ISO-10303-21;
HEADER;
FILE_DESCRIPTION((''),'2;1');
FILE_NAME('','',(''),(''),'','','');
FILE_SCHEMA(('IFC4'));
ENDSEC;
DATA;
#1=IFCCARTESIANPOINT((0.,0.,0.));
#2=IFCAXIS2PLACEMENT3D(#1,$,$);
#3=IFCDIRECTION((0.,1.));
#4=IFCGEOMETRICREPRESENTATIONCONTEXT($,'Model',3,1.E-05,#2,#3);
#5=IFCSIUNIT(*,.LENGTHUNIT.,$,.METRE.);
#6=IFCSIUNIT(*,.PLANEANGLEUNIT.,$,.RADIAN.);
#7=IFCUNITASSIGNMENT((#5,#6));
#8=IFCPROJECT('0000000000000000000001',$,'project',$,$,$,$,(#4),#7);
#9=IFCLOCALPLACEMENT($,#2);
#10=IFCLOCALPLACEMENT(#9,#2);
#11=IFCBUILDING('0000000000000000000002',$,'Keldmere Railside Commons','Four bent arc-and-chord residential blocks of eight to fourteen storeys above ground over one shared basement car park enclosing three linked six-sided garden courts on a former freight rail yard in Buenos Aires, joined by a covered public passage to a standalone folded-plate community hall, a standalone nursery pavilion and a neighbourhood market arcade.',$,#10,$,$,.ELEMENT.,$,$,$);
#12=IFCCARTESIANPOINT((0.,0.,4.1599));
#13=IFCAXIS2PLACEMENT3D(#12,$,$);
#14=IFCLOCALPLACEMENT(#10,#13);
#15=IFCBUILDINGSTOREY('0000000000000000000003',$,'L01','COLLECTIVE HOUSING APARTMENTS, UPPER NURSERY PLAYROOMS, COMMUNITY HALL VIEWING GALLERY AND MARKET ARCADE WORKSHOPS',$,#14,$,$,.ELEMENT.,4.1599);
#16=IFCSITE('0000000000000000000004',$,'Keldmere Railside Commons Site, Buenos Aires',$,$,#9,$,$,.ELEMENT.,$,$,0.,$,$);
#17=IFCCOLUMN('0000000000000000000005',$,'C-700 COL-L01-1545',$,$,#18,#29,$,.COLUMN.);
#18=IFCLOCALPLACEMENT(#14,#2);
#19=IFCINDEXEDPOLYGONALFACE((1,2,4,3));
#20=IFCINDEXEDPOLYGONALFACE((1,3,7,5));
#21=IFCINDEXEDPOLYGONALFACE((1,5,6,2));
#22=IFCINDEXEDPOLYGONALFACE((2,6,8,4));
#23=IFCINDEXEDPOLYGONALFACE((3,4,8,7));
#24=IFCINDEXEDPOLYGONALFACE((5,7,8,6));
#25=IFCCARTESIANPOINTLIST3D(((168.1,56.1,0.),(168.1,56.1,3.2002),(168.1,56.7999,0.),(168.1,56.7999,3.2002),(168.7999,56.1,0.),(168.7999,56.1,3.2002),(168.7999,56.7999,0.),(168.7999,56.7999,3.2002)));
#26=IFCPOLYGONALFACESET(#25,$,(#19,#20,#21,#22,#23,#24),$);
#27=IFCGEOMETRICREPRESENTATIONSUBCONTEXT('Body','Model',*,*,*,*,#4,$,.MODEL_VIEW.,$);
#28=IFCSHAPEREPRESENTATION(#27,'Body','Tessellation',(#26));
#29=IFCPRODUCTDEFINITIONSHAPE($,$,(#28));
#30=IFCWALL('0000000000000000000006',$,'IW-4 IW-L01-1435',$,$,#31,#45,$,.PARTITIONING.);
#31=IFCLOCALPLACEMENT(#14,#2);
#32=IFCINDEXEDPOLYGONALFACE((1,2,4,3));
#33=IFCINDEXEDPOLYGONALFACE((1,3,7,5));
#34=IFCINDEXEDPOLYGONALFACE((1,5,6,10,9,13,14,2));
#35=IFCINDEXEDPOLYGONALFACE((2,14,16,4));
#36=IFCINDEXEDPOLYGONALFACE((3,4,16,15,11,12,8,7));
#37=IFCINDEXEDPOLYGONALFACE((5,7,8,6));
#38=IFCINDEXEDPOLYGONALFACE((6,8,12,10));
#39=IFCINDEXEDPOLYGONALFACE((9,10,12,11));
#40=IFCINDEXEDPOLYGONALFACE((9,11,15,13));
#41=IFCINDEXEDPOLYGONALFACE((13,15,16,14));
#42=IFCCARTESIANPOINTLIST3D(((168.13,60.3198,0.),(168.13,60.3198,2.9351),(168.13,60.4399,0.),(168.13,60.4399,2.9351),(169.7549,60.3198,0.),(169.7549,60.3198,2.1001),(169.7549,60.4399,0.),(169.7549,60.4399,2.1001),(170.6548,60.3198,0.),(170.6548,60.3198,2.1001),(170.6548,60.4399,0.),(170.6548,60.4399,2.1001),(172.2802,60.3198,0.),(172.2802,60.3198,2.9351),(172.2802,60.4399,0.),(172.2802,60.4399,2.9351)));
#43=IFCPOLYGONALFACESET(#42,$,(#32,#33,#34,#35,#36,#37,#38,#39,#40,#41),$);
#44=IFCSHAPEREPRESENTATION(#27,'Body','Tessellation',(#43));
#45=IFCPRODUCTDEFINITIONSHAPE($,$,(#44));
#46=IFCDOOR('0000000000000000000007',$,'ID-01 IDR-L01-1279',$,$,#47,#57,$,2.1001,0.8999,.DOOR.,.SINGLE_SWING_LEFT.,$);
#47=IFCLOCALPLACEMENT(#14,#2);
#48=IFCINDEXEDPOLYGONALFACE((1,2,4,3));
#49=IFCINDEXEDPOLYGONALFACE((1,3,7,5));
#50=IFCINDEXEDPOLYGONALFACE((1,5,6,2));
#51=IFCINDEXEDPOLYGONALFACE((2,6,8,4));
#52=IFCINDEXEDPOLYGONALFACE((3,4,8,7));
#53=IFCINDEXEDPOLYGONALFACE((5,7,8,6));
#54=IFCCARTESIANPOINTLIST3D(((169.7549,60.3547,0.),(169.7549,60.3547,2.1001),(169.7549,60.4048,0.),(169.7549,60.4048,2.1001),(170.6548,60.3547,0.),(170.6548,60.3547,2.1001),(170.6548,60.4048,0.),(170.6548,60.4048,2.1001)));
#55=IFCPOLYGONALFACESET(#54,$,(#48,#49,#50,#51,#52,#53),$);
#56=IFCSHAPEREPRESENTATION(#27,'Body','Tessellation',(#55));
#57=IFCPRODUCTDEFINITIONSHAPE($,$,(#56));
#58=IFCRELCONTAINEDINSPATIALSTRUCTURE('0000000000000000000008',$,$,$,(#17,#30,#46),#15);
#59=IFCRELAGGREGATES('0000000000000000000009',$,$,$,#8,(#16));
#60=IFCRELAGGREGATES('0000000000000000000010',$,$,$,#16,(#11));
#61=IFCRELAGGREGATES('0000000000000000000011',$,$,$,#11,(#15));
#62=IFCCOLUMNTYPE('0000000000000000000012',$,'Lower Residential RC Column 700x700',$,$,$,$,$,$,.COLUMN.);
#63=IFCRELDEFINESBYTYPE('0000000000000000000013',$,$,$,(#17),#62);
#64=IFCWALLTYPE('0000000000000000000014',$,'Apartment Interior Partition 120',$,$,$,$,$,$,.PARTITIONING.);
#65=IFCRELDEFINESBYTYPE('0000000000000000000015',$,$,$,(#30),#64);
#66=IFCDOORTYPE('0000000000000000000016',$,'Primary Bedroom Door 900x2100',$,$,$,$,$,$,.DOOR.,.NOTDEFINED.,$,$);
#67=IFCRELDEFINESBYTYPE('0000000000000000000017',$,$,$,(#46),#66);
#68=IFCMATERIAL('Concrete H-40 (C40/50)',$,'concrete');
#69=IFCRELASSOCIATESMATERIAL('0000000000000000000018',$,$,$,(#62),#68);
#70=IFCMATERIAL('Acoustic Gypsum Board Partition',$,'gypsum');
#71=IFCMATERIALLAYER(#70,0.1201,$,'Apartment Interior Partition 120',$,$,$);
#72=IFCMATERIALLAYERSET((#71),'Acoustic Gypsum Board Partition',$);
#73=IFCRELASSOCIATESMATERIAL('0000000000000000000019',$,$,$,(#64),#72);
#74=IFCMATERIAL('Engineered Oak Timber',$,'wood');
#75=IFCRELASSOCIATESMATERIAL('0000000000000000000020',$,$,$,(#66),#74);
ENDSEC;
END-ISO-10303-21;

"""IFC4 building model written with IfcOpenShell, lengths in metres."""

from ifc_helpers import new_model, si_unit, direction, frame, frame_2d, origin, origin_2d, place, context, subcontext, project, spatial, rectangle, extrude, material, layer, layer_set, material_profile, profile_set, type_object, element, fill, save


model = new_model("IFC4")

# Units and contexts
model_context = context("Model", 3, precision=1e-05, world=origin(), true_north=direction((0.0, 1.0)))
body_context = subcontext(model_context, "Body", "Model", "MODEL_VIEW")
ifc_project = project(units=[si_unit("LENGTHUNIT", "METRE"), si_unit("PLANEANGLEUNIT", "RADIAN")], contexts=[model_context])

# Site, building, storey
site_placement = place(None, origin())
site = spatial("IfcSite", under=ifc_project, at=site_placement, Name="Keldmere Railside Commons Site, Buenos Aires", CompositionType="ELEMENT", RefElevation=0.0)
building_placement = place(site_placement, origin())
building = spatial("IfcBuilding", under=site, at=building_placement, Name="Keldmere Railside Commons", Description="Four bent arc-and-chord residential blocks of eight to fourteen storeys above ground over one shared basement car park enclosing three linked six-sided garden courts on a former freight rail yard in Buenos Aires, joined by a covered public passage to a standalone folded-plate community hall, a standalone nursery pavilion and a neighbourhood market arcade.", CompositionType="ELEMENT")
storey_placement = place(building_placement, frame((0.0, 0.0, 4.1599)))
storey = spatial("IfcBuildingStorey", under=building, at=storey_placement, Name="L01", Description="COLLECTIVE HOUSING APARTMENTS, UPPER NURSERY PLAYROOMS, COMMUNITY HALL VIEWING GALLERY AND MARKET ARCADE WORKSHOPS", CompositionType="ELEMENT", Elevation=4.1599)

# Column
ifc_material_1 = material(Name="Concrete H-40 (C40/50)", Category="concrete")
ifc_material_profile = material_profile(ifc_material_1, rectangle(XDim=0.7, YDim=0.7, at=origin_2d()), Name="RC-700x700")
ifc_profile_set = profile_set([ifc_material_profile], Name="Concrete H-40 (C40/50)")
column_type = type_object("IfcColumnType", Name="Lower Residential RC Column 700x700", PredefinedType="COLUMN", material=ifc_profile_set)
column_placement = place(storey_placement, frame((168.45, 56.45, 0.0), z_axis=(0.0, 0.0, 1.0), x_axis=(1.0, 0.0, 0.0)))
element("IfcColumn", 1, at=column_placement, inside=storey, type_object=column_type, Name="C-700 COL-L01-1545", PredefinedType="COLUMN", context=body_context, shape_type="SweptSolid", body=[
    extrude(rectangle(XDim=0.7, YDim=0.7, at=origin_2d()), origin(), (0.0, 0.0, 1.0), 3.2002),
])

# Wall, opening, door
ifc_material_2 = material(Name="Acoustic Gypsum Board Partition", Category="gypsum")
ifc_layer_1 = layer(ifc_material_2, 0.1201, Name="Apartment Interior Partition 120")
ifc_layer_set_1 = layer_set([ifc_layer_1], Name="Acoustic Gypsum Board Partition")
wall_type_1 = type_object("IfcWallType", Name="Apartment Interior Partition 120", PredefinedType="PARTITIONING", material=ifc_layer_set_1)
wall_1_placement = place(storey_placement, frame((168.1299, 60.3799, 0.0), z_axis=(0.0, 0.0, 1.0), x_axis=(1.0, 0.0, 0.0)))
wall_1 = element("IfcWall", 2, at=wall_1_placement, inside=storey, type_object=wall_type_1, Name="IW-4 IW-L01-1435", PredefinedType="PARTITIONING", context=body_context, shape_type="SweptSolid", body=[
    extrude(rectangle(XDim=4.1501, YDim=0.1201, at=frame_2d((2.0752, 0.0))), origin(), (0.0, 0.0, 1.0), 2.9351),
])
opening_1_placement = place(wall_1_placement, frame((1.625, 0.0, 0.0)))
opening_1 = element("IfcOpeningElement", 3, at=opening_1_placement, cuts=wall_1, PredefinedType="OPENING", context=body_context, shape_type="SweptSolid", body=[
    extrude(rectangle(XDim=0.8999, YDim=2.1001, at=frame_2d((0.45, 1.05))), frame((0.0, 0.0701, 0.0), z_axis=(0.0, -1.0, 0.0), x_axis=(1.0, 0.0, 0.0)), (0.0, 0.0, 1.0), 0.1401),
])
ifc_material_3 = material(Name="Engineered Oak Timber", Category="wood")
door_type_1 = type_object("IfcDoorType", Name="Primary Bedroom Door 900x2100", OperationType="NOTDEFINED", PredefinedType="DOOR", material=ifc_material_3)
door_1_placement = place(opening_1_placement, origin())
door_1 = element("IfcDoor", 4, at=door_1_placement, inside=storey, type_object=door_type_1, Name="ID-01 IDR-L01-1279", OperationType="SINGLE_SWING_LEFT", OverallHeight=2.1001, OverallWidth=0.8999, PredefinedType="DOOR", context=body_context, shape_type="SweptSolid", body=[
    extrude(rectangle(XDim=0.8999, YDim=2.1001, at=frame_2d((0.45, 1.05))), frame((0.0, 0.0249, 0.0), z_axis=(0.0, -1.0, 0.0), x_axis=(1.0, 0.0, 0.0)), (0.0, 0.0, 1.0), 0.05),
])
fill(opening_1, door_1)

save(model, "model.ifc")
